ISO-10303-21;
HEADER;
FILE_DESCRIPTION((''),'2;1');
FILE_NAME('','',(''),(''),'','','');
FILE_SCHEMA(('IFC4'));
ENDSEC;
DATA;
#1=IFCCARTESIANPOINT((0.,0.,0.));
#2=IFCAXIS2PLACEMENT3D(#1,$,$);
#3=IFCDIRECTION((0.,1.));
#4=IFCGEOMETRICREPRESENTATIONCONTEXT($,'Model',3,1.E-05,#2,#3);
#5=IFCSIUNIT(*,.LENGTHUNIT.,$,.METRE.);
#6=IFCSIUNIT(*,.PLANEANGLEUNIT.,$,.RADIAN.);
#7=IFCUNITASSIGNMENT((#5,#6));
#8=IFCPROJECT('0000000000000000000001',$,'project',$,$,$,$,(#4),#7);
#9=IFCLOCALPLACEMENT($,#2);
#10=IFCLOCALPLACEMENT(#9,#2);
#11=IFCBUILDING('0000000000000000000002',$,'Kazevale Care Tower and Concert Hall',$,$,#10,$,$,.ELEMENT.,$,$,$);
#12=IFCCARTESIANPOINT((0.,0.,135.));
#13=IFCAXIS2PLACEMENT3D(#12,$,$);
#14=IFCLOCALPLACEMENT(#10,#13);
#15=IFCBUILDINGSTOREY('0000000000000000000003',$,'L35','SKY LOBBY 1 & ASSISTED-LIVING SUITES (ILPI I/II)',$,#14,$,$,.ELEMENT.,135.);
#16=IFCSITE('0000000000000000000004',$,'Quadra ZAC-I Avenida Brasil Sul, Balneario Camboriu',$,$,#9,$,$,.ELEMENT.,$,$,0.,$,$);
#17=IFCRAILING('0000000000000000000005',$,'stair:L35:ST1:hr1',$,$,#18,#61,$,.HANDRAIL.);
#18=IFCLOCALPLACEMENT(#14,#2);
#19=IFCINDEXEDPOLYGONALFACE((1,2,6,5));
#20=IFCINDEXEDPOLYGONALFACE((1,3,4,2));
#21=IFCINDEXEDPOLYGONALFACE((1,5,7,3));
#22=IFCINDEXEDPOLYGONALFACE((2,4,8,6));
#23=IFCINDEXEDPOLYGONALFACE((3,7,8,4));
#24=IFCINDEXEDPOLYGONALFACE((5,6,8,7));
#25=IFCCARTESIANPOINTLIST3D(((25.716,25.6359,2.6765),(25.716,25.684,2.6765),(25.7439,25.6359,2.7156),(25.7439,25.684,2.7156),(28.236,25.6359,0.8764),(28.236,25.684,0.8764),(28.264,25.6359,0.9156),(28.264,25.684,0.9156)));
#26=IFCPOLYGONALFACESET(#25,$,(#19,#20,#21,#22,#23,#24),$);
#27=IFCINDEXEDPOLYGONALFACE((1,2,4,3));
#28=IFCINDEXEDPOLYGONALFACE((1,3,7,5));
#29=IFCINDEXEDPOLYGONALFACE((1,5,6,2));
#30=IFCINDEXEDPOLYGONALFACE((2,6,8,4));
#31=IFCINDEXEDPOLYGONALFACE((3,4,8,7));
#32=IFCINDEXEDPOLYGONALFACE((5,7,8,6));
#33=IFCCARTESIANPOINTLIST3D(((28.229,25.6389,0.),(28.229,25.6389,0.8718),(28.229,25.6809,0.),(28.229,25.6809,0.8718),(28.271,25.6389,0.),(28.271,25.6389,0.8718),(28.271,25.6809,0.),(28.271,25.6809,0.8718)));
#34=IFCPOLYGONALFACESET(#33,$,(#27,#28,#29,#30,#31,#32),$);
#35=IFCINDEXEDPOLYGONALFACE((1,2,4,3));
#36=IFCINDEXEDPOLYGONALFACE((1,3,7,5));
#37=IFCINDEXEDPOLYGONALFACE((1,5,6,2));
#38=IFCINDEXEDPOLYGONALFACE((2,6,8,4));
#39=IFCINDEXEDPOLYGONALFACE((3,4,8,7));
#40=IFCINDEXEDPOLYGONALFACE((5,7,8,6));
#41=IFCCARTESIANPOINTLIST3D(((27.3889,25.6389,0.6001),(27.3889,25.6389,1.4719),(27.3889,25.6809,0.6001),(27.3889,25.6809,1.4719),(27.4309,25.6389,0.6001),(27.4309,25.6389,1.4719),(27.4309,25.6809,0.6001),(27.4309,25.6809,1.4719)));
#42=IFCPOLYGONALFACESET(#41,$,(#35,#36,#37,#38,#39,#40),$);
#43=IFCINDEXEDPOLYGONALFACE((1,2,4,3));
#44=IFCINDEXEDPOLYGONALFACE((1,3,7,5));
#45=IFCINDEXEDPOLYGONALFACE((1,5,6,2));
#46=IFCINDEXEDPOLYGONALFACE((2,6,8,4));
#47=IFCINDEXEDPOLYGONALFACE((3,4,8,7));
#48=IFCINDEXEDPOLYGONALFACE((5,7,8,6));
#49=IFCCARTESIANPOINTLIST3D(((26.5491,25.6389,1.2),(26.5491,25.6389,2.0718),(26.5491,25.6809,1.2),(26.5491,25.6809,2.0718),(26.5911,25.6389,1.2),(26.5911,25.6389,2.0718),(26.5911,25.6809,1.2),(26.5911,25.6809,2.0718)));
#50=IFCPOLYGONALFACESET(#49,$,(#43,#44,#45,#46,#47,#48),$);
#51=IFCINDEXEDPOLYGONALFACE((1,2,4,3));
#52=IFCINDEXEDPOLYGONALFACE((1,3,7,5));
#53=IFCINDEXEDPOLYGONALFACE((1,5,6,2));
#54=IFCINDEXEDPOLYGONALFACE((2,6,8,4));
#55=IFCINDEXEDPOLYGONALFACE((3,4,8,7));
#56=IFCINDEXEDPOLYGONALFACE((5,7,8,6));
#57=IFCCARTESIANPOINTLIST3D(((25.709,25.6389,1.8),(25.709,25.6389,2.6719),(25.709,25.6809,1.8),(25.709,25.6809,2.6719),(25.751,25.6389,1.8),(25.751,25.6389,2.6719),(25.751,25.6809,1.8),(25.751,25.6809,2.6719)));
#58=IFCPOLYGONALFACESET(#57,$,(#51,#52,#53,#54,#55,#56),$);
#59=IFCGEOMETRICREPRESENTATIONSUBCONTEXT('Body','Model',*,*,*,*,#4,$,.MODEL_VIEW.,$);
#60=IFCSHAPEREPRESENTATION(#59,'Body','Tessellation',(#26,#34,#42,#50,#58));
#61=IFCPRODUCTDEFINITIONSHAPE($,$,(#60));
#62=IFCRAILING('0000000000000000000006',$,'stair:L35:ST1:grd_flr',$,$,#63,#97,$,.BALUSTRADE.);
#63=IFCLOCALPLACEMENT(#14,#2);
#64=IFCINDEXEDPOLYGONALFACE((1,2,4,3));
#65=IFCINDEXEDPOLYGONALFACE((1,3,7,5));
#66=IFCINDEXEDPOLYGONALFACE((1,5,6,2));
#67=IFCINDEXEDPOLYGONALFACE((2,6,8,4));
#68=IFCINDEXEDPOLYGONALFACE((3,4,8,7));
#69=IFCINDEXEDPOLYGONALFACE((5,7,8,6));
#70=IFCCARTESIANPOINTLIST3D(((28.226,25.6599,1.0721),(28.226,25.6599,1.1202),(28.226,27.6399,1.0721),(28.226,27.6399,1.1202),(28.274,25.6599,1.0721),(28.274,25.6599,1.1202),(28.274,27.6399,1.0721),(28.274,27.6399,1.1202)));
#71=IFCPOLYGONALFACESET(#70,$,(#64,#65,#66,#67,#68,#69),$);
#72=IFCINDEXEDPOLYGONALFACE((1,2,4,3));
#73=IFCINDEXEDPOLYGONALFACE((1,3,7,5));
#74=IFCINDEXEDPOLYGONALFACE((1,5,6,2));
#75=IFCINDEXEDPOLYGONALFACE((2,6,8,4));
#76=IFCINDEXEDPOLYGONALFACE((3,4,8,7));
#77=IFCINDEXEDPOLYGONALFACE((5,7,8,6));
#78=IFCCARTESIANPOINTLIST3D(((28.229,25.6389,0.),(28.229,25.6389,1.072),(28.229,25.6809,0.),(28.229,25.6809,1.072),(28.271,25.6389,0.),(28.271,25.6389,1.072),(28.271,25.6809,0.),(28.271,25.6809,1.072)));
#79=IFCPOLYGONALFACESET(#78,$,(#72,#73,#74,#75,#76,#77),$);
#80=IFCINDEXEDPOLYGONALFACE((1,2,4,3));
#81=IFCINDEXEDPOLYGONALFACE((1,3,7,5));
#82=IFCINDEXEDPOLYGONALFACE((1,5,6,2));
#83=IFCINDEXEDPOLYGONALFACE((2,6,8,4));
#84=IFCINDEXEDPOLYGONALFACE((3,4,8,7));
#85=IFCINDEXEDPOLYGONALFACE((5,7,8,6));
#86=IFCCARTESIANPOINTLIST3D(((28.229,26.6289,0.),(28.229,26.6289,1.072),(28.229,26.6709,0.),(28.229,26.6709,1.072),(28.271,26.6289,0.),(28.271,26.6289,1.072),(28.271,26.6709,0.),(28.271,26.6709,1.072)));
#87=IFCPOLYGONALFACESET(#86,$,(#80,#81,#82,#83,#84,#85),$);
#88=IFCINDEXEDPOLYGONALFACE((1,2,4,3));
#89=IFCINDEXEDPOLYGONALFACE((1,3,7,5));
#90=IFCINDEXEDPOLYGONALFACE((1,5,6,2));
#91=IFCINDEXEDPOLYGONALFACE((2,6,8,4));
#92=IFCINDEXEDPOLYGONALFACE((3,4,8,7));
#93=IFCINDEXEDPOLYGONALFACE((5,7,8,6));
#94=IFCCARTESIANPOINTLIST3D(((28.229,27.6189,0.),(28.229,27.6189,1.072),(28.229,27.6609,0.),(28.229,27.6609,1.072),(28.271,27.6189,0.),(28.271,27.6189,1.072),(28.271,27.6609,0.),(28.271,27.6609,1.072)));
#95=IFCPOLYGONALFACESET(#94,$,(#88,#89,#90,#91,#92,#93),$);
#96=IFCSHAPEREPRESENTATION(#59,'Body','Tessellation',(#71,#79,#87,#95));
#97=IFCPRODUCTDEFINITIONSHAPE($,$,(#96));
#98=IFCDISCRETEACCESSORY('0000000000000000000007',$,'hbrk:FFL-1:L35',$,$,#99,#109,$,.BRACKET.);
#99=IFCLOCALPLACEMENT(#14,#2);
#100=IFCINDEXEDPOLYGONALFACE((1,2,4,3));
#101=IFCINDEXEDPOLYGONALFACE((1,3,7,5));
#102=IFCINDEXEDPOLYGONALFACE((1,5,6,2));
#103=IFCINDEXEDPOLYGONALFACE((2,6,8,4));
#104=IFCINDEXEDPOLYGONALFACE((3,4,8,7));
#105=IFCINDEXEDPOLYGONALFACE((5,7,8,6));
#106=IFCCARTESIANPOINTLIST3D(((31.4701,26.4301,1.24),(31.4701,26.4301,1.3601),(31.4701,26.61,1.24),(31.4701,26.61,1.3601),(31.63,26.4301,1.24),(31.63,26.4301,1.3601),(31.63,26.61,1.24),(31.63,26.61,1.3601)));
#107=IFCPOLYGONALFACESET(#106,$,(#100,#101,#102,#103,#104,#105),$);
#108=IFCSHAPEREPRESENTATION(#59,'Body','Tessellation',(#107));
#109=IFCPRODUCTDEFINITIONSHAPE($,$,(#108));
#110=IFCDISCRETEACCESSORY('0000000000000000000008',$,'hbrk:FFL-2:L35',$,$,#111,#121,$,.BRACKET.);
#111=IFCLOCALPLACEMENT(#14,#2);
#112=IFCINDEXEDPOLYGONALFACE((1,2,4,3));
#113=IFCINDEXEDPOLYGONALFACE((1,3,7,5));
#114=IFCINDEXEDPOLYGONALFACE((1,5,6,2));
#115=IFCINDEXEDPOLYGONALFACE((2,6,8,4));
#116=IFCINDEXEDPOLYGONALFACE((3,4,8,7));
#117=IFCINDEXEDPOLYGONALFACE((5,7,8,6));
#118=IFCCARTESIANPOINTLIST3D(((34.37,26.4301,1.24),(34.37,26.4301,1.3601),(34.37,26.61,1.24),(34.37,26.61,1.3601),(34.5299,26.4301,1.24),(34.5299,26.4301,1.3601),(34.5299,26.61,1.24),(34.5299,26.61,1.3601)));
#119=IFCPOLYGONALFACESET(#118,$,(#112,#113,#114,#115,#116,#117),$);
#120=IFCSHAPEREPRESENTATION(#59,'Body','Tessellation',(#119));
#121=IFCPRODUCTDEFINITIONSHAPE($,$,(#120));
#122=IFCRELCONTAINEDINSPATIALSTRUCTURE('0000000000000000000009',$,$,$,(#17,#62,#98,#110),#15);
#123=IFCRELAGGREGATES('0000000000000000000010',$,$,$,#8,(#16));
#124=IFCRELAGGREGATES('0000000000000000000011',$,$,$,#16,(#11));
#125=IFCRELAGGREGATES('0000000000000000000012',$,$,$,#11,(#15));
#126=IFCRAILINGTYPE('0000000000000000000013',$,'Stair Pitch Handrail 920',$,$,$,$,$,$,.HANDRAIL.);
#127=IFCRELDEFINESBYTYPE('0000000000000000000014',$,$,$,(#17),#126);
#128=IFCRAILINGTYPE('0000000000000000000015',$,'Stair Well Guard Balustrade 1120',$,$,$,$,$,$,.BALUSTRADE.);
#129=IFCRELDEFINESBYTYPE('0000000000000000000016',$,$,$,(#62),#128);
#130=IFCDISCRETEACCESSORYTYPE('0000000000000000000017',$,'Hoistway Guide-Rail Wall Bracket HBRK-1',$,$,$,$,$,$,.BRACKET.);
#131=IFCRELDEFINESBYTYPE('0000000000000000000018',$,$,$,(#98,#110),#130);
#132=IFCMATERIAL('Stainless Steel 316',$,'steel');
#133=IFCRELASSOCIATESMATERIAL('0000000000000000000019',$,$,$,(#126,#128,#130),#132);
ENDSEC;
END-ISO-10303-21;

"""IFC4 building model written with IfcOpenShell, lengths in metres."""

from ifc_helpers import new_model, si_unit, direction, frame, origin, origin_2d, place, context, subcontext, project, spatial, rectangle, extrude, material, type_object, element, save


model = new_model("IFC4")

# Units and contexts
model_context = context("Model", 3, precision=1e-05, world=origin(), true_north=direction((0.0, 1.0)))
body_context = subcontext(model_context, "Body", "Model", "MODEL_VIEW")
ifc_project = project(units=[si_unit("LENGTHUNIT", "METRE"), si_unit("PLANEANGLEUNIT", "RADIAN")], contexts=[model_context])

# Site, building, storey
site_placement = place(None, origin())
site = spatial("IfcSite", under=ifc_project, at=site_placement, Name="Quadra ZAC-I Avenida Brasil Sul, Balneario Camboriu", CompositionType="ELEMENT", RefElevation=0.0)
building_placement = place(site_placement, origin())
building = spatial("IfcBuilding", under=site, at=building_placement, Name="Kazevale Care Tower and Concert Hall", CompositionType="ELEMENT")
storey_placement = place(building_placement, frame((0.0, 0.0, 135.0)))
storey = spatial("IfcBuildingStorey", under=building, at=storey_placement, Name="L35", Description="SKY LOBBY 1 & ASSISTED-LIVING SUITES (ILPI I/II)", CompositionType="ELEMENT", Elevation=135.0)

# Shared definitions
ifc_material_1 = material(Name="Stainless Steel 316", Category="steel")

# Railings
railing_type_1 = type_object("IfcRailingType", Name="Stair Pitch Handrail 920", PredefinedType="HANDRAIL", material=ifc_material_1)
railing_1_placement = place(storey_placement, frame((28.25, 25.6599, 0.0)))
element("IfcRailing", 1, at=railing_1_placement, inside=storey, type_object=railing_type_1, Name="stair:L35:ST1:hr1", PredefinedType="HANDRAIL", context=body_context, shape_type="SweptSolid", body=[
    extrude(rectangle(XDim=0.0481, YDim=0.0481, at=origin_2d()), frame((0.0, 0.0, 0.896), z_axis=(-0.813728, 0.0, 0.581246), x_axis=(0.0, -1.0, 0.0)), (0.0, 0.0, 1.0), 3.0969),
    extrude(rectangle(XDim=0.042, YDim=0.042, at=origin_2d()), origin(), (0.0, 0.0, 1.0), 0.8718),
    extrude(rectangle(XDim=0.042, YDim=0.042, at=origin_2d()), frame((-0.8401, 0.0, 0.6001)), (0.0, 0.0, 1.0), 0.8718),
    extrude(rectangle(XDim=0.042, YDim=0.042, at=origin_2d()), frame((-1.6799, 0.0, 1.2)), (0.0, 0.0, 1.0), 0.8718),
    extrude(rectangle(XDim=0.042, YDim=0.042, at=origin_2d()), frame((-2.52, 0.0, 1.8)), (0.0, 0.0, 1.0), 0.8718),
])
railing_type_2 = type_object("IfcRailingType", Name="Stair Well Guard Balustrade 1120", PredefinedType="BALUSTRADE", material=ifc_material_1)
railing_2_placement = place(storey_placement, frame((28.25, 25.6599, 0.0)))
element("IfcRailing", 2, at=railing_2_placement, inside=storey, type_object=railing_type_2, Name="stair:L35:ST1:grd_flr", PredefinedType="BALUSTRADE", context=body_context, shape_type="SweptSolid", body=[
    extrude(rectangle(XDim=0.0481, YDim=0.0481, at=origin_2d()), frame((0.0, 0.0, 1.0962), z_axis=(0.0, 1.0, 0.0), x_axis=(-1.0, 0.0, 0.0)), (0.0, 0.0, 1.0), 1.98),
    extrude(rectangle(XDim=0.042, YDim=0.042, at=origin_2d()), origin(), (0.0, 0.0, 1.0), 1.072),
    extrude(rectangle(XDim=0.042, YDim=0.042, at=origin_2d()), frame((0.0, 0.99, 0.0)), (0.0, 0.0, 1.0), 1.072),
    extrude(rectangle(XDim=0.042, YDim=0.042, at=origin_2d()), frame((0.0, 1.98, 0.0)), (0.0, 0.0, 1.0), 1.072),
])

# Discrete accessories
discrete_accessory_type = type_object("IfcDiscreteAccessoryType", Name="Hoistway Guide-Rail Wall Bracket HBRK-1", PredefinedType="BRACKET", material=ifc_material_1)
for number, where, z_axis, x_axis, name in (
    (3, (31.55, 26.52, 1.24), (0.0, 0.0, 1.0), (1.0, 0.0, 0.0), "hbrk:FFL-1:L35"),
    (4, (34.45, 26.52, 1.24), (0.0, 0.0, 1.0), (1.0, 0.0, 0.0), "hbrk:FFL-2:L35"),
):
    element("IfcDiscreteAccessory", number, at=place(storey_placement, frame(where, z_axis=z_axis, x_axis=x_axis)), inside=storey, type_object=discrete_accessory_type, Name=name, PredefinedType="BRACKET", context=body_context, shape_type="SweptSolid", body=[
        extrude(rectangle(XDim=0.1599, YDim=0.1799, at=origin_2d()), origin(), (0.0, 0.0, 1.0), 0.1201),
    ])

save(model, "model.ifc")
